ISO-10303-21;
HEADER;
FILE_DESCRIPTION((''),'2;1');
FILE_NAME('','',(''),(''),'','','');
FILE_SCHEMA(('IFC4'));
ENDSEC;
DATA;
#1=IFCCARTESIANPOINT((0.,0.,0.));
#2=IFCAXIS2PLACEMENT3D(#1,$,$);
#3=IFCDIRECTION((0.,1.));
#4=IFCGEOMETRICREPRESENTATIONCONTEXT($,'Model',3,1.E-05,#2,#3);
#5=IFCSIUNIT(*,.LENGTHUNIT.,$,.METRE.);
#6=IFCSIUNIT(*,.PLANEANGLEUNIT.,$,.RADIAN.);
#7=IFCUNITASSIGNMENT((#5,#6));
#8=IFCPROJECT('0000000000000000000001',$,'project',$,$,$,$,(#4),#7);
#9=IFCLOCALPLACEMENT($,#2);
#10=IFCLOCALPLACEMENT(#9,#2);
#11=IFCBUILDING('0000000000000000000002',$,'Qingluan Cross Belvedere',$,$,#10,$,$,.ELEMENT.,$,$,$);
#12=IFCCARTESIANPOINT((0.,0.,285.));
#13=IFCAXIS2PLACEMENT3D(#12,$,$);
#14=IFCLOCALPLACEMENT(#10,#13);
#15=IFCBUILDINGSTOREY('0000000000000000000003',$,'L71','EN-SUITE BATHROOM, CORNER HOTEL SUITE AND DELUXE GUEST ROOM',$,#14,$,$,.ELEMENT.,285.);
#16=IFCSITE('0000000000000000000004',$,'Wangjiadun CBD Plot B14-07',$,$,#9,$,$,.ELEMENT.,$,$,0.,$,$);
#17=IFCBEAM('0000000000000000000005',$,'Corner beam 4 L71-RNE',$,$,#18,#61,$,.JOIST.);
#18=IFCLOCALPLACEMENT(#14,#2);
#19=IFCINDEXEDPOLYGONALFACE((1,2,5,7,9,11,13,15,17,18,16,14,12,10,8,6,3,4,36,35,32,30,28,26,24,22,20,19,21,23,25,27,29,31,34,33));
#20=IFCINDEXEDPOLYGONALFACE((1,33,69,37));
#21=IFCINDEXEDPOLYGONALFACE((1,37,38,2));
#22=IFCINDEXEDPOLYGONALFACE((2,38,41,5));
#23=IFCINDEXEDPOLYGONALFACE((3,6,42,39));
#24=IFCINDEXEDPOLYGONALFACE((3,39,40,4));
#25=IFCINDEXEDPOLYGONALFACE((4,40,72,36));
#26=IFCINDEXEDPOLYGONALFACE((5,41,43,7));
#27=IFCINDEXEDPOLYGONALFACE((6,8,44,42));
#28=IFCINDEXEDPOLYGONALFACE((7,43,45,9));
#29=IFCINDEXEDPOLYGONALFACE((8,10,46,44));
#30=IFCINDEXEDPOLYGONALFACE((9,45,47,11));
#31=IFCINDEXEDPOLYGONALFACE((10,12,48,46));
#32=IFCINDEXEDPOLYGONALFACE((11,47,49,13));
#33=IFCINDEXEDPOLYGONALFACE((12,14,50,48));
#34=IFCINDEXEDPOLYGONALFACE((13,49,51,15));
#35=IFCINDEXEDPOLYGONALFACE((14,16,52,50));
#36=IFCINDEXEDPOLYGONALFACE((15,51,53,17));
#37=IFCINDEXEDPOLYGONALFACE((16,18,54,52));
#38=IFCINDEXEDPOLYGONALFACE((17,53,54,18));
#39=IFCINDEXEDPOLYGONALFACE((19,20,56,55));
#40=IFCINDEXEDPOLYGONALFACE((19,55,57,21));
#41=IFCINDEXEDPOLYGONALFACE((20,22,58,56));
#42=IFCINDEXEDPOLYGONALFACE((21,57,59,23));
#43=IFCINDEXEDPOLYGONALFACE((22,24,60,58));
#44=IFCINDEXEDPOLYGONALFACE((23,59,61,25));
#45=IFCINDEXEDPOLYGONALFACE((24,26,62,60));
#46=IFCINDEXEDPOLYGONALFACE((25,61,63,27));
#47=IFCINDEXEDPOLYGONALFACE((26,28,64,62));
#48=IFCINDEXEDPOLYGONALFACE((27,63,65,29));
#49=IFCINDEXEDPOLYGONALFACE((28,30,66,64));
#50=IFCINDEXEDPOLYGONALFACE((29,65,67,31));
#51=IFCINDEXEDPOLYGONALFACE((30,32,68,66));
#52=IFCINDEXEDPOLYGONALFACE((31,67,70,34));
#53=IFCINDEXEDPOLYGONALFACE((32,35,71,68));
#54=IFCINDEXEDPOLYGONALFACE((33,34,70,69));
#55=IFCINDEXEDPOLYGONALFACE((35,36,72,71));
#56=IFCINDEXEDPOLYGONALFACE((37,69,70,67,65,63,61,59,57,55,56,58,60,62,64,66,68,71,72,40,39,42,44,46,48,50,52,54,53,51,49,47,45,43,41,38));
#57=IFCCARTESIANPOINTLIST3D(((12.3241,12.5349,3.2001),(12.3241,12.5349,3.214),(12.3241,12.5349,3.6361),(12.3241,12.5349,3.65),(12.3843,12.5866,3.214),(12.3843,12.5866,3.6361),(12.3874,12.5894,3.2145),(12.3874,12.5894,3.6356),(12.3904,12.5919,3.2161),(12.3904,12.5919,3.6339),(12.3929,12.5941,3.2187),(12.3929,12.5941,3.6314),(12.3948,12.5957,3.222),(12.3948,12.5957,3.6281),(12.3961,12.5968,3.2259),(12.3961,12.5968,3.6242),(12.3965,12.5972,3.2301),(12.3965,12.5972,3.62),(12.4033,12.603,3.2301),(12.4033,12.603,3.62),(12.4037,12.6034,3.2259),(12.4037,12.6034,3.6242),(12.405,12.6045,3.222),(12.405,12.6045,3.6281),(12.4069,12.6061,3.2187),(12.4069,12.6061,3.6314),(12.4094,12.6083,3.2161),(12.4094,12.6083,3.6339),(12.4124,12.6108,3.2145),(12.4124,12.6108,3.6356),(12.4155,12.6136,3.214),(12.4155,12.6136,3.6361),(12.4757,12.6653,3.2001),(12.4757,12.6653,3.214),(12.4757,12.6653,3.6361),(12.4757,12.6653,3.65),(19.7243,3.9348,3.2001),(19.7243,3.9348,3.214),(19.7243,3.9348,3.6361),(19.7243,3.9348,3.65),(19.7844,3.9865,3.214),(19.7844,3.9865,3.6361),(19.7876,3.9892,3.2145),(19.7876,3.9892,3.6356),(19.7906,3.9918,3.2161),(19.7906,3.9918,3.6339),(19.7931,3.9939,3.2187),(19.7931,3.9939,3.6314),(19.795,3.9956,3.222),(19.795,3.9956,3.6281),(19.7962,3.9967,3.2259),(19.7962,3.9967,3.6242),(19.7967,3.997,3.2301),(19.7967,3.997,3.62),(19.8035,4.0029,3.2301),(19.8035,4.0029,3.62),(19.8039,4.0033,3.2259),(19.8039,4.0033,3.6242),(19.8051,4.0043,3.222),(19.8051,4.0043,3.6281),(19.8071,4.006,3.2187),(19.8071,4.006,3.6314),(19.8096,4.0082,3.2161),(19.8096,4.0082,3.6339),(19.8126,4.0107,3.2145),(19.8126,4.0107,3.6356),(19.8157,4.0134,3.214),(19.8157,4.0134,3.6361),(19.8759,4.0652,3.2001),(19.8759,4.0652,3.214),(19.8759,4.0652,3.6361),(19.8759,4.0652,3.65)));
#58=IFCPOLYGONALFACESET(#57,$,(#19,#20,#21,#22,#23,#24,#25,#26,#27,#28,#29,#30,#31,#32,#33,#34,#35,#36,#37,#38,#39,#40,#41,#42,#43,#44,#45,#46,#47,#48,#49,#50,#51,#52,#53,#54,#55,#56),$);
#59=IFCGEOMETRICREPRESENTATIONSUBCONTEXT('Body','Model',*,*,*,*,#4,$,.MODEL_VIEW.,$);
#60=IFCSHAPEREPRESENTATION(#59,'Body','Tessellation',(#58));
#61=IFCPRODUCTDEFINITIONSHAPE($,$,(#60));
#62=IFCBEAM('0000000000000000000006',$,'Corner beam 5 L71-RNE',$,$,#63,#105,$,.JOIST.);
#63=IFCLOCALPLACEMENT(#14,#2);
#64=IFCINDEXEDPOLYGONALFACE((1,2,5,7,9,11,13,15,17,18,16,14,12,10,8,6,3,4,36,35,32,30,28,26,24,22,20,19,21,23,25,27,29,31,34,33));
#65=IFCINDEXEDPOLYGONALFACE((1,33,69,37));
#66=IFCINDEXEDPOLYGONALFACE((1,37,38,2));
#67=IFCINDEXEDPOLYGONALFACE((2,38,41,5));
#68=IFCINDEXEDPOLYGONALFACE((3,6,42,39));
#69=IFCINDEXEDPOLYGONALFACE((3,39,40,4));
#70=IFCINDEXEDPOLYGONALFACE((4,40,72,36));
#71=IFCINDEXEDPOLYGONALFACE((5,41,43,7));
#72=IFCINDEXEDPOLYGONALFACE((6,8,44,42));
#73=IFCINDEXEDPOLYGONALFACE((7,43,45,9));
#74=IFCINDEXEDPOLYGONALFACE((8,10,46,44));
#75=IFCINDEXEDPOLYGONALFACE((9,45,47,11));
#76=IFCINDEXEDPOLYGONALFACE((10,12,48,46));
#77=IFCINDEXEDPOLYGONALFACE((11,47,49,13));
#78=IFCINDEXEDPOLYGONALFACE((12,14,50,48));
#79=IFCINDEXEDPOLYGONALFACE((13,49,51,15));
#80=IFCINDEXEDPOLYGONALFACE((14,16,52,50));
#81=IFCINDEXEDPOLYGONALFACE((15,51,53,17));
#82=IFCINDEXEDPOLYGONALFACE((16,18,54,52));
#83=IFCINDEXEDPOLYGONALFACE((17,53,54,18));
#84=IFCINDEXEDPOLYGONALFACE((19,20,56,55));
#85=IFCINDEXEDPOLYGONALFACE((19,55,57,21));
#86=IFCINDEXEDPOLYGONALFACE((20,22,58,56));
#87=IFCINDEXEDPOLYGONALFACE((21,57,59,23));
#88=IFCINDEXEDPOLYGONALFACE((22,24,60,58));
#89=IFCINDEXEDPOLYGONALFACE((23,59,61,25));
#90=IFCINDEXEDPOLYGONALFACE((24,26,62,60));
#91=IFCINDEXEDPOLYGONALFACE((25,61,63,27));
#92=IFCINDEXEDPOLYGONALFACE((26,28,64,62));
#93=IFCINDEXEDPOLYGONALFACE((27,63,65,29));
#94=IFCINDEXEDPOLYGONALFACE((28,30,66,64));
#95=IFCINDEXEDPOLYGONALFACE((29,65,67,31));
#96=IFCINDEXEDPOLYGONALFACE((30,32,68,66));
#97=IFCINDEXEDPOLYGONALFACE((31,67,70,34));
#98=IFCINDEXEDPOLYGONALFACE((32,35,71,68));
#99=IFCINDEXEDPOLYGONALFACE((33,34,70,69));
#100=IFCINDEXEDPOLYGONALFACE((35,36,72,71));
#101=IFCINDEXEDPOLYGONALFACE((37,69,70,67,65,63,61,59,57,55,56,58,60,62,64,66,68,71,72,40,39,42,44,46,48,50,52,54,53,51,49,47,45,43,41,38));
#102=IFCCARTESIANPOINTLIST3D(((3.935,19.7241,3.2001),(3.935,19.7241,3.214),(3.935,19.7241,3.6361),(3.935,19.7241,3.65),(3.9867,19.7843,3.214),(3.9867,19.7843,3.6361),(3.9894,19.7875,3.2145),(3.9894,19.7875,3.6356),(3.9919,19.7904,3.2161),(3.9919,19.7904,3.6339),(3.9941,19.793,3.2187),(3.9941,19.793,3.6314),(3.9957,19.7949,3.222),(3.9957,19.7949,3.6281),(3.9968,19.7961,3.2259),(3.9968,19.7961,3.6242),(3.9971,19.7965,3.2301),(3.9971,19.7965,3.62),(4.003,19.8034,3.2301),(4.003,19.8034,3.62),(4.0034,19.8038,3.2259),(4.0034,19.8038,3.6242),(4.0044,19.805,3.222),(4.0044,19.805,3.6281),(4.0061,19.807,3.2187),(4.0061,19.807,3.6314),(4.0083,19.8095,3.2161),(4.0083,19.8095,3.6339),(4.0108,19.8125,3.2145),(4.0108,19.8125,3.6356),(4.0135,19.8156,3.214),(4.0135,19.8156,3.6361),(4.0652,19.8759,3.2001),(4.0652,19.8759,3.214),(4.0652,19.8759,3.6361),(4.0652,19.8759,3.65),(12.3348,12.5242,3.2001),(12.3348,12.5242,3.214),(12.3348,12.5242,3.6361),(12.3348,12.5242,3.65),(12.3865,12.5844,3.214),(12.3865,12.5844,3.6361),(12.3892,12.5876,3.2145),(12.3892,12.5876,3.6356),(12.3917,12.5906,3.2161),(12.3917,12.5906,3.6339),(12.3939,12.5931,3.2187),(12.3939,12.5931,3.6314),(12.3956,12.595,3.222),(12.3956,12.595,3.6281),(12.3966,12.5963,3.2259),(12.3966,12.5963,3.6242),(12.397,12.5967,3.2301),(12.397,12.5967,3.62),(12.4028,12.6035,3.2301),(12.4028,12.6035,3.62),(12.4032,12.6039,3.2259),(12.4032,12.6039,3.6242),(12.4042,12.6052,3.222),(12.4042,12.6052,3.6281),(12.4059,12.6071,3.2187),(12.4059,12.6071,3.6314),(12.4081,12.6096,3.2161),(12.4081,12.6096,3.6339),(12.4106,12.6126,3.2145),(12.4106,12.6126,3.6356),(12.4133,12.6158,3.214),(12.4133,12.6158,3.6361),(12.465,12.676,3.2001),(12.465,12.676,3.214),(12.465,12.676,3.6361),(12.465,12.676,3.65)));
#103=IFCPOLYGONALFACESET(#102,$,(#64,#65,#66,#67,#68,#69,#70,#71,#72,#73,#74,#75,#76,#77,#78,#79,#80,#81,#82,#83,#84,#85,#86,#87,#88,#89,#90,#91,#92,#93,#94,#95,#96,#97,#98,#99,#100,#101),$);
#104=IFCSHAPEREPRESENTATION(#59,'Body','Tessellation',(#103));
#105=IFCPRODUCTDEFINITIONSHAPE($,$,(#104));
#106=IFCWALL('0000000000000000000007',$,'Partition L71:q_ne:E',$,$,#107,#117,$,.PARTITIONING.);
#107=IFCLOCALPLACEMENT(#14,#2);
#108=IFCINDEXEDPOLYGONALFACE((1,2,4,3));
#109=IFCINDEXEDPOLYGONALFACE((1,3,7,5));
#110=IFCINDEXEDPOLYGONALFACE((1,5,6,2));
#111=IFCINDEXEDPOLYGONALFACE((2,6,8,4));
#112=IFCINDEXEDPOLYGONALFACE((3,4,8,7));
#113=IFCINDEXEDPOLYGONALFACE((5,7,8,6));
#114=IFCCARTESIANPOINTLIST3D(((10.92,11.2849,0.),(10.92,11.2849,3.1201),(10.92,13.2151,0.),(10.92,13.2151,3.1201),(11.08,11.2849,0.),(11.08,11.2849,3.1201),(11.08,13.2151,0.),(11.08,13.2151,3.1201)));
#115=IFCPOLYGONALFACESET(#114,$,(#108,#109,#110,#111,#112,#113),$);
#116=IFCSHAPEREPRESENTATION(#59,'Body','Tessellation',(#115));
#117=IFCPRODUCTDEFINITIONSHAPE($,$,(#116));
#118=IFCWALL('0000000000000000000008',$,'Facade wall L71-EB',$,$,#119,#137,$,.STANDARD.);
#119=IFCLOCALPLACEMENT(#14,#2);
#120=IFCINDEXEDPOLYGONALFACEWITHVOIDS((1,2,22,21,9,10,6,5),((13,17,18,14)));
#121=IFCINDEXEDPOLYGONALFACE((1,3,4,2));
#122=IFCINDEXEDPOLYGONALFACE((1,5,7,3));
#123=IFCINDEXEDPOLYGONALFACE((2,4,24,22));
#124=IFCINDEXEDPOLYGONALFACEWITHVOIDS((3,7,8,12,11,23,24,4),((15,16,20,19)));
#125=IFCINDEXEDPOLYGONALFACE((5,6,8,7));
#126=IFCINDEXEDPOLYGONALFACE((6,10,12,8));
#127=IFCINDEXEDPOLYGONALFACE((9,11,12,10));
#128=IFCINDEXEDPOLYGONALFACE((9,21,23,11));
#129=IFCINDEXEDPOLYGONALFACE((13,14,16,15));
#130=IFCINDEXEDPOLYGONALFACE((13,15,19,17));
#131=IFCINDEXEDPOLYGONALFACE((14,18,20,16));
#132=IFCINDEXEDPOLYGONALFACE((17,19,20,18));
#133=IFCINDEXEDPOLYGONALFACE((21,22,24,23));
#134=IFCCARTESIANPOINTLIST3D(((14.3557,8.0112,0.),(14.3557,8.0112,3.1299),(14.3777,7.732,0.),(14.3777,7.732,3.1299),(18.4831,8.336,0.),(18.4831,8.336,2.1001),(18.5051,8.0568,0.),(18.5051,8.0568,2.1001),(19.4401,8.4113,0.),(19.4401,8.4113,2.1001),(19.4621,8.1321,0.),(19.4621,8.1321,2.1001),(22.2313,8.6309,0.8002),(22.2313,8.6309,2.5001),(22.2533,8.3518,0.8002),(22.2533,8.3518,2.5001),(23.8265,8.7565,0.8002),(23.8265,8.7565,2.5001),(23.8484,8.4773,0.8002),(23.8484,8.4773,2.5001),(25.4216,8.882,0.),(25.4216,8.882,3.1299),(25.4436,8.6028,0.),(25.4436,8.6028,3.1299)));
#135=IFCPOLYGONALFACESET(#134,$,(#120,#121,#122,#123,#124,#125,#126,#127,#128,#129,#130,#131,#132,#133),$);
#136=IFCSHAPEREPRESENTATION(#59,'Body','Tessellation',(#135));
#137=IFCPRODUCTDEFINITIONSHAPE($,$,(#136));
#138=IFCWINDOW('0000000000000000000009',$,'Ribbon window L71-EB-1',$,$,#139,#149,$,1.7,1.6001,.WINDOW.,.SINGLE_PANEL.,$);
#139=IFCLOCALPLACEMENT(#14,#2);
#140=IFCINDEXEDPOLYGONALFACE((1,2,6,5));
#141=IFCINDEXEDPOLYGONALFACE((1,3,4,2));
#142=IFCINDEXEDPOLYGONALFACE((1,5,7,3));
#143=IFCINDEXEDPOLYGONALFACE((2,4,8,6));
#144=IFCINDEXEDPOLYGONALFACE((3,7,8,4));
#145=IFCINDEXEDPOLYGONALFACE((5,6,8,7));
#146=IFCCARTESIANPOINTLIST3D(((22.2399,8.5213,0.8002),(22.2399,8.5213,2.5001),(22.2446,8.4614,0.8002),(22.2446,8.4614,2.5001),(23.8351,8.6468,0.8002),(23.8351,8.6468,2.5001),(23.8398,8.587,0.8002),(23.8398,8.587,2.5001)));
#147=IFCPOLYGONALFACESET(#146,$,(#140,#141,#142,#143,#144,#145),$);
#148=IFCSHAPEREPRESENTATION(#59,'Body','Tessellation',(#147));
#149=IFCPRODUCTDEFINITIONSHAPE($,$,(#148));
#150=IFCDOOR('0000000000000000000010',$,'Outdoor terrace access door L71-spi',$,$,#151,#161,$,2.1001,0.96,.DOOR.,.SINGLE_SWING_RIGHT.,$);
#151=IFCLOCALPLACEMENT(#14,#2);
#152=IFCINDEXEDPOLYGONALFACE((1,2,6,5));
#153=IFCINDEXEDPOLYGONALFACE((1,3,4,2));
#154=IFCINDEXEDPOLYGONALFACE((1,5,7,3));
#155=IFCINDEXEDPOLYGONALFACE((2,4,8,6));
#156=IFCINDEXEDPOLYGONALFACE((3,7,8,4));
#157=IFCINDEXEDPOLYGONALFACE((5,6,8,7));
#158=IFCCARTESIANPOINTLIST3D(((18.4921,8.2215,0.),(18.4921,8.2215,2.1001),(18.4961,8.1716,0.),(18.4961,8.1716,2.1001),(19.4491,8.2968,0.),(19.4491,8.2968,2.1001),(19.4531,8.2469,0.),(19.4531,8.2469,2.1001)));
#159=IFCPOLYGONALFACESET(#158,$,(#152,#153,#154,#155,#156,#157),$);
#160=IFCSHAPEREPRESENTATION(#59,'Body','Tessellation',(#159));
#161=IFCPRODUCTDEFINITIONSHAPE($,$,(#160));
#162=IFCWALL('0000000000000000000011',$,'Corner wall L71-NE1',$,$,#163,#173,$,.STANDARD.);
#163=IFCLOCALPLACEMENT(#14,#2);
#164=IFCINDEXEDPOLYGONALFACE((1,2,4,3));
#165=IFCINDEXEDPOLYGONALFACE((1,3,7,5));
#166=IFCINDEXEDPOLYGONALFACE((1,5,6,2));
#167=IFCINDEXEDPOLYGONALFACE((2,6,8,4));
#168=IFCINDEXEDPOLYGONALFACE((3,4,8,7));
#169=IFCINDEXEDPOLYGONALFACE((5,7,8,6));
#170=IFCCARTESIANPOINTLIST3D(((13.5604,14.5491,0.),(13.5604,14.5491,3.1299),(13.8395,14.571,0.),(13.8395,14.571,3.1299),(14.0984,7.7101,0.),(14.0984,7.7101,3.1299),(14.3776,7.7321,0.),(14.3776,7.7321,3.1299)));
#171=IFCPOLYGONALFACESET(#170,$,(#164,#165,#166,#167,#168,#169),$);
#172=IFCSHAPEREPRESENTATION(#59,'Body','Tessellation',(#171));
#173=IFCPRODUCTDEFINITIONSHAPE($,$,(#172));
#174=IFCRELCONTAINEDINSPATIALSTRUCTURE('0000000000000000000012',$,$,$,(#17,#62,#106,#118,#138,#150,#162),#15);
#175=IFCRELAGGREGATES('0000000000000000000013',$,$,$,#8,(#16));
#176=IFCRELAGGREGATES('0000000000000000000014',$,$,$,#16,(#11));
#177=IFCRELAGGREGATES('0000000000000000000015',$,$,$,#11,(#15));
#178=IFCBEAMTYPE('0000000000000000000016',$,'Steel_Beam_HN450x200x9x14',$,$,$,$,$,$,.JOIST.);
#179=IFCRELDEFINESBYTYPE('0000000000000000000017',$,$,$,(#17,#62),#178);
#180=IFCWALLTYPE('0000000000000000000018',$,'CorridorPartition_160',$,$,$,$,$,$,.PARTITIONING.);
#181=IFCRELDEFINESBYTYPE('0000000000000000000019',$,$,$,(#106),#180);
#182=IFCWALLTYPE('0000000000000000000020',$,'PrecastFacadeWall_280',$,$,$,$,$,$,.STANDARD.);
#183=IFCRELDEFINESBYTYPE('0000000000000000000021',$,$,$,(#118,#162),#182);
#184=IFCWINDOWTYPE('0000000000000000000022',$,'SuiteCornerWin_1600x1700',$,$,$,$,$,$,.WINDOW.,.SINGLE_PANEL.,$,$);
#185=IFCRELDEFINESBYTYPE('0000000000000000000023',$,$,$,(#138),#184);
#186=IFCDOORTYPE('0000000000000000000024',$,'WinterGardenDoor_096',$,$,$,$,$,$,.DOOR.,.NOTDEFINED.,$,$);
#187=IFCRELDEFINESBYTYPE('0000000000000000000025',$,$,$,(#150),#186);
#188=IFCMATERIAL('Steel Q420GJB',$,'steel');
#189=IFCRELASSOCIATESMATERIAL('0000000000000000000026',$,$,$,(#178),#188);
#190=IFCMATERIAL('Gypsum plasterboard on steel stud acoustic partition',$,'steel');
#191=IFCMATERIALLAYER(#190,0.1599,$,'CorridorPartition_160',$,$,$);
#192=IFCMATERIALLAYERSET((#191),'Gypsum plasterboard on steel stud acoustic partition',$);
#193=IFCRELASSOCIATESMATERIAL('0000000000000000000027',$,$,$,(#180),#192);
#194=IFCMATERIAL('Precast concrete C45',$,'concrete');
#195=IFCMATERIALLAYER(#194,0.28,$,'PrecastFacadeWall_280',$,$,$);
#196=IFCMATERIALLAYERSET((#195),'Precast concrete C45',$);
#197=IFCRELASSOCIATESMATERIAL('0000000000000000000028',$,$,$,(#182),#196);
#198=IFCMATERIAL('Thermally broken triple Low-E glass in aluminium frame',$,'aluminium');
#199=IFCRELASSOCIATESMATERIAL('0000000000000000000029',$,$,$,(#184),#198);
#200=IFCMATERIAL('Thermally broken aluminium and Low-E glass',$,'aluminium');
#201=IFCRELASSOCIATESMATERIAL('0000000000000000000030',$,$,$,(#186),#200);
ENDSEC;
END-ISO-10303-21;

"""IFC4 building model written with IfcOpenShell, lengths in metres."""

from ifc_helpers import new_model, si_unit, direction, frame, frame_2d, origin, origin_2d, place, context, subcontext, project, spatial, rectangle, i_section, extrude, material, layer, layer_set, material_profile, profile_set, type_object, element, fill, save


model = new_model("IFC4")

# Units and contexts
model_context = context("Model", 3, precision=1e-05, world=origin(), true_north=direction((0.0, 1.0)))
body_context = subcontext(model_context, "Body", "Model", "MODEL_VIEW")
ifc_project = project(units=[si_unit("LENGTHUNIT", "METRE"), si_unit("PLANEANGLEUNIT", "RADIAN")], contexts=[model_context])

# Site, building, storey
site_placement = place(None, origin())
site = spatial("IfcSite", under=ifc_project, at=site_placement, Name="Wangjiadun CBD Plot B14-07", CompositionType="ELEMENT", RefElevation=0.0)
building_placement = place(site_placement, origin())
building = spatial("IfcBuilding", under=site, at=building_placement, Name="Qingluan Cross Belvedere", CompositionType="ELEMENT")
storey_placement = place(building_placement, frame((0.0, 0.0, 285.0)))
storey = spatial("IfcBuildingStorey", under=building, at=storey_placement, Name="L71", Description="EN-SUITE BATHROOM, CORNER HOTEL SUITE AND DELUXE GUEST ROOM", CompositionType="ELEMENT", Elevation=285.0)

# Beams
ifc_material_1 = material(Name="Steel Q420GJB", Category="steel")
ifc_material_profile_1 = material_profile(ifc_material_1, i_section(OverallWidth=0.2, OverallDepth=0.45, WebThickness=0.009, FlangeThickness=0.0139, FilletRadius=0.0161, at=origin_2d()), Name="HN450x200x9x14")
ifc_profile_set_1 = profile_set([ifc_material_profile_1], Name="Steel Q420GJB")
beam_type = type_object("IfcBeamType", Name="Steel_Beam_HN450x200x9x14", PredefinedType="JOIST", material=ifc_profile_set_1)
beam_1_placement = place(storey_placement, frame((12.3999, 12.6001, 3.425), z_axis=(0.652245, -0.758008, 0.0), x_axis=(0.758008, 0.652245, 0.0)))
element("IfcBeam", 1, at=beam_1_placement, inside=storey, type_object=beam_type, Name="Corner beam 4 L71-RNE", PredefinedType="JOIST", context=body_context, shape_type="SweptSolid", body=[
    extrude(i_section(OverallWidth=0.2, OverallDepth=0.45, WebThickness=0.009, FlangeThickness=0.0139, FilletRadius=0.0161, at=origin_2d()), origin(), (0.0, 0.0, 1.0), 11.3457),
])
beam_2_placement = place(storey_placement, frame((12.3999, 12.6001, 3.425), z_axis=(-0.759255, 0.650793, 0.0), x_axis=(-0.650793, -0.759255, 0.0)))
element("IfcBeam", 2, at=beam_2_placement, inside=storey, type_object=beam_type, Name="Corner beam 5 L71-RNE", PredefinedType="JOIST", context=body_context, shape_type="SweptSolid", body=[
    extrude(i_section(OverallWidth=0.2, OverallDepth=0.45, WebThickness=0.009, FlangeThickness=0.0139, FilletRadius=0.0161, at=origin_2d()), origin(), (0.0, 0.0, 1.0), 11.0632),
])

# Wall
ifc_material_2 = material(Name="Gypsum plasterboard on steel stud acoustic partition", Category="steel")
ifc_layer_1 = layer(ifc_material_2, 0.1599, Name="CorridorPartition_160")
ifc_layer_set_1 = layer_set([ifc_layer_1], Name="Gypsum plasterboard on steel stud acoustic partition")
wall_type_1 = type_object("IfcWallType", Name="CorridorPartition_160", PredefinedType="PARTITIONING", material=ifc_layer_set_1)
wall_1_placement = place(storey_placement, frame((11.0, 11.2849, 0.0), z_axis=(0.0, 0.0, 1.0), x_axis=(0.0, 1.0, 0.0)))
element("IfcWall", 3, at=wall_1_placement, inside=storey, type_object=wall_type_1, Name="Partition L71:q_ne:E", PredefinedType="PARTITIONING", context=body_context, shape_type="SweptSolid", body=[
    extrude(rectangle(XDim=1.9302, YDim=0.1599, at=frame_2d((0.9651, 0.0))), origin(), (0.0, 0.0, 1.0), 3.1201),
])

# Wall, openings, window, door
ifc_material_3 = material(Name="Precast concrete C45", Category="concrete")
ifc_layer_2 = layer(ifc_material_3, 0.28, Name="PrecastFacadeWall_280")
ifc_layer_set_2 = layer_set([ifc_layer_2], Name="Precast concrete C45")
wall_type_2 = type_object("IfcWallType", Name="PrecastFacadeWall_280", PredefinedType="STANDARD", material=ifc_layer_set_2)
wall_2_placement = place(storey_placement, frame((25.4326, 8.7424, 0.0), z_axis=(0.0, 0.0, 1.0), x_axis=(-0.996918, -0.078454, 0.0)))
wall_2 = element("IfcWall", 4, at=wall_2_placement, inside=storey, type_object=wall_type_2, Name="Facade wall L71-EB", PredefinedType="STANDARD", context=body_context, shape_type="SweptSolid", body=[
    extrude(rectangle(XDim=11.1001, YDim=0.28, at=frame_2d((5.55, 0.0))), origin(), (0.0, 0.0, 1.0), 3.1299),
])
opening_1_placement = place(wall_2_placement, frame((1.6001, 0.0, 0.8)))
opening_1 = element("IfcOpeningElement", 5, at=opening_1_placement, cuts=wall_2, PredefinedType="OPENING", context=body_context, shape_type="SweptSolid", body=[
    extrude(rectangle(XDim=1.6001, YDim=1.7, at=frame_2d((0.8, 0.8501))), frame((0.0, 0.1499, 0.0), z_axis=(0.0, -1.0, 0.0), x_axis=(1.0, 0.0, 0.0)), (0.0, 0.0, 1.0), 0.3),
])
opening_2_placement = place(wall_2_placement, frame((6.0, 0.0, 0.0)))
opening_2 = element("IfcOpeningElement", 6, at=opening_2_placement, cuts=wall_2, PredefinedType="OPENING", context=body_context, shape_type="SweptSolid", body=[
    extrude(rectangle(XDim=0.96, YDim=2.1001, at=frame_2d((0.48, 1.05))), frame((0.0, 0.1499, 0.0), z_axis=(0.0, -1.0, 0.0), x_axis=(1.0, 0.0, 0.0)), (0.0, 0.0, 1.0), 0.3),
])
ifc_material_4 = material(Name="Thermally broken triple Low-E glass in aluminium frame", Category="aluminium")
window_type = type_object("IfcWindowType", Name="SuiteCornerWin_1600x1700", PartitioningType="SINGLE_PANEL", PredefinedType="WINDOW", material=ifc_material_4)
window_placement = place(opening_1_placement, origin())
window = element("IfcWindow", 7, at=window_placement, inside=storey, type_object=window_type, Name="Ribbon window L71-EB-1", OverallHeight=1.7, OverallWidth=1.6001, PartitioningType="SINGLE_PANEL", PredefinedType="WINDOW", context=body_context, shape_type="SweptSolid", body=[
    extrude(rectangle(XDim=1.6001, YDim=1.7, at=frame_2d((0.8, 0.8501))), frame((0.0, 0.03, 0.0), z_axis=(0.0, -1.0, 0.0), x_axis=(1.0, 0.0, 0.0)), (0.0, 0.0, 1.0), 0.0601),
])
fill(opening_1, window)
ifc_material_5 = material(Name="Thermally broken aluminium and Low-E glass", Category="aluminium")
door_type = type_object("IfcDoorType", Name="WinterGardenDoor_096", OperationType="NOTDEFINED", PredefinedType="DOOR", material=ifc_material_5)
door_placement = place(opening_2_placement, origin())
door = element("IfcDoor", 8, at=door_placement, inside=storey, type_object=door_type, Name="Outdoor terrace access door L71-spi", OperationType="SINGLE_SWING_RIGHT", OverallHeight=2.1001, OverallWidth=0.96, PredefinedType="DOOR", context=body_context, shape_type="SweptSolid", body=[
    extrude(rectangle(XDim=0.96, YDim=2.1001, at=frame_2d((0.48, 1.05))), frame((0.0, 0.0249, 0.0), z_axis=(0.0, -1.0, 0.0), x_axis=(1.0, 0.0, 0.0)), (0.0, 0.0, 1.0), 0.05),
])
fill(opening_2, door)

# Wall
wall_3_placement = place(storey_placement, frame((14.238, 7.7209, 0.0), z_axis=(0.0, 0.0, 1.0), x_axis=(-0.078438, 0.996919, 0.0)))
element("IfcWall", 9, at=wall_3_placement, inside=storey, type_object=wall_type_2, Name="Corner wall L71-NE1", PredefinedType="STANDARD", context=body_context, shape_type="SweptSolid", body=[
    extrude(rectangle(XDim=6.8601, YDim=0.28, at=frame_2d((3.4302, 0.0))), origin(), (0.0, 0.0, 1.0), 3.1299),
])

save(model, "model.ifc")
